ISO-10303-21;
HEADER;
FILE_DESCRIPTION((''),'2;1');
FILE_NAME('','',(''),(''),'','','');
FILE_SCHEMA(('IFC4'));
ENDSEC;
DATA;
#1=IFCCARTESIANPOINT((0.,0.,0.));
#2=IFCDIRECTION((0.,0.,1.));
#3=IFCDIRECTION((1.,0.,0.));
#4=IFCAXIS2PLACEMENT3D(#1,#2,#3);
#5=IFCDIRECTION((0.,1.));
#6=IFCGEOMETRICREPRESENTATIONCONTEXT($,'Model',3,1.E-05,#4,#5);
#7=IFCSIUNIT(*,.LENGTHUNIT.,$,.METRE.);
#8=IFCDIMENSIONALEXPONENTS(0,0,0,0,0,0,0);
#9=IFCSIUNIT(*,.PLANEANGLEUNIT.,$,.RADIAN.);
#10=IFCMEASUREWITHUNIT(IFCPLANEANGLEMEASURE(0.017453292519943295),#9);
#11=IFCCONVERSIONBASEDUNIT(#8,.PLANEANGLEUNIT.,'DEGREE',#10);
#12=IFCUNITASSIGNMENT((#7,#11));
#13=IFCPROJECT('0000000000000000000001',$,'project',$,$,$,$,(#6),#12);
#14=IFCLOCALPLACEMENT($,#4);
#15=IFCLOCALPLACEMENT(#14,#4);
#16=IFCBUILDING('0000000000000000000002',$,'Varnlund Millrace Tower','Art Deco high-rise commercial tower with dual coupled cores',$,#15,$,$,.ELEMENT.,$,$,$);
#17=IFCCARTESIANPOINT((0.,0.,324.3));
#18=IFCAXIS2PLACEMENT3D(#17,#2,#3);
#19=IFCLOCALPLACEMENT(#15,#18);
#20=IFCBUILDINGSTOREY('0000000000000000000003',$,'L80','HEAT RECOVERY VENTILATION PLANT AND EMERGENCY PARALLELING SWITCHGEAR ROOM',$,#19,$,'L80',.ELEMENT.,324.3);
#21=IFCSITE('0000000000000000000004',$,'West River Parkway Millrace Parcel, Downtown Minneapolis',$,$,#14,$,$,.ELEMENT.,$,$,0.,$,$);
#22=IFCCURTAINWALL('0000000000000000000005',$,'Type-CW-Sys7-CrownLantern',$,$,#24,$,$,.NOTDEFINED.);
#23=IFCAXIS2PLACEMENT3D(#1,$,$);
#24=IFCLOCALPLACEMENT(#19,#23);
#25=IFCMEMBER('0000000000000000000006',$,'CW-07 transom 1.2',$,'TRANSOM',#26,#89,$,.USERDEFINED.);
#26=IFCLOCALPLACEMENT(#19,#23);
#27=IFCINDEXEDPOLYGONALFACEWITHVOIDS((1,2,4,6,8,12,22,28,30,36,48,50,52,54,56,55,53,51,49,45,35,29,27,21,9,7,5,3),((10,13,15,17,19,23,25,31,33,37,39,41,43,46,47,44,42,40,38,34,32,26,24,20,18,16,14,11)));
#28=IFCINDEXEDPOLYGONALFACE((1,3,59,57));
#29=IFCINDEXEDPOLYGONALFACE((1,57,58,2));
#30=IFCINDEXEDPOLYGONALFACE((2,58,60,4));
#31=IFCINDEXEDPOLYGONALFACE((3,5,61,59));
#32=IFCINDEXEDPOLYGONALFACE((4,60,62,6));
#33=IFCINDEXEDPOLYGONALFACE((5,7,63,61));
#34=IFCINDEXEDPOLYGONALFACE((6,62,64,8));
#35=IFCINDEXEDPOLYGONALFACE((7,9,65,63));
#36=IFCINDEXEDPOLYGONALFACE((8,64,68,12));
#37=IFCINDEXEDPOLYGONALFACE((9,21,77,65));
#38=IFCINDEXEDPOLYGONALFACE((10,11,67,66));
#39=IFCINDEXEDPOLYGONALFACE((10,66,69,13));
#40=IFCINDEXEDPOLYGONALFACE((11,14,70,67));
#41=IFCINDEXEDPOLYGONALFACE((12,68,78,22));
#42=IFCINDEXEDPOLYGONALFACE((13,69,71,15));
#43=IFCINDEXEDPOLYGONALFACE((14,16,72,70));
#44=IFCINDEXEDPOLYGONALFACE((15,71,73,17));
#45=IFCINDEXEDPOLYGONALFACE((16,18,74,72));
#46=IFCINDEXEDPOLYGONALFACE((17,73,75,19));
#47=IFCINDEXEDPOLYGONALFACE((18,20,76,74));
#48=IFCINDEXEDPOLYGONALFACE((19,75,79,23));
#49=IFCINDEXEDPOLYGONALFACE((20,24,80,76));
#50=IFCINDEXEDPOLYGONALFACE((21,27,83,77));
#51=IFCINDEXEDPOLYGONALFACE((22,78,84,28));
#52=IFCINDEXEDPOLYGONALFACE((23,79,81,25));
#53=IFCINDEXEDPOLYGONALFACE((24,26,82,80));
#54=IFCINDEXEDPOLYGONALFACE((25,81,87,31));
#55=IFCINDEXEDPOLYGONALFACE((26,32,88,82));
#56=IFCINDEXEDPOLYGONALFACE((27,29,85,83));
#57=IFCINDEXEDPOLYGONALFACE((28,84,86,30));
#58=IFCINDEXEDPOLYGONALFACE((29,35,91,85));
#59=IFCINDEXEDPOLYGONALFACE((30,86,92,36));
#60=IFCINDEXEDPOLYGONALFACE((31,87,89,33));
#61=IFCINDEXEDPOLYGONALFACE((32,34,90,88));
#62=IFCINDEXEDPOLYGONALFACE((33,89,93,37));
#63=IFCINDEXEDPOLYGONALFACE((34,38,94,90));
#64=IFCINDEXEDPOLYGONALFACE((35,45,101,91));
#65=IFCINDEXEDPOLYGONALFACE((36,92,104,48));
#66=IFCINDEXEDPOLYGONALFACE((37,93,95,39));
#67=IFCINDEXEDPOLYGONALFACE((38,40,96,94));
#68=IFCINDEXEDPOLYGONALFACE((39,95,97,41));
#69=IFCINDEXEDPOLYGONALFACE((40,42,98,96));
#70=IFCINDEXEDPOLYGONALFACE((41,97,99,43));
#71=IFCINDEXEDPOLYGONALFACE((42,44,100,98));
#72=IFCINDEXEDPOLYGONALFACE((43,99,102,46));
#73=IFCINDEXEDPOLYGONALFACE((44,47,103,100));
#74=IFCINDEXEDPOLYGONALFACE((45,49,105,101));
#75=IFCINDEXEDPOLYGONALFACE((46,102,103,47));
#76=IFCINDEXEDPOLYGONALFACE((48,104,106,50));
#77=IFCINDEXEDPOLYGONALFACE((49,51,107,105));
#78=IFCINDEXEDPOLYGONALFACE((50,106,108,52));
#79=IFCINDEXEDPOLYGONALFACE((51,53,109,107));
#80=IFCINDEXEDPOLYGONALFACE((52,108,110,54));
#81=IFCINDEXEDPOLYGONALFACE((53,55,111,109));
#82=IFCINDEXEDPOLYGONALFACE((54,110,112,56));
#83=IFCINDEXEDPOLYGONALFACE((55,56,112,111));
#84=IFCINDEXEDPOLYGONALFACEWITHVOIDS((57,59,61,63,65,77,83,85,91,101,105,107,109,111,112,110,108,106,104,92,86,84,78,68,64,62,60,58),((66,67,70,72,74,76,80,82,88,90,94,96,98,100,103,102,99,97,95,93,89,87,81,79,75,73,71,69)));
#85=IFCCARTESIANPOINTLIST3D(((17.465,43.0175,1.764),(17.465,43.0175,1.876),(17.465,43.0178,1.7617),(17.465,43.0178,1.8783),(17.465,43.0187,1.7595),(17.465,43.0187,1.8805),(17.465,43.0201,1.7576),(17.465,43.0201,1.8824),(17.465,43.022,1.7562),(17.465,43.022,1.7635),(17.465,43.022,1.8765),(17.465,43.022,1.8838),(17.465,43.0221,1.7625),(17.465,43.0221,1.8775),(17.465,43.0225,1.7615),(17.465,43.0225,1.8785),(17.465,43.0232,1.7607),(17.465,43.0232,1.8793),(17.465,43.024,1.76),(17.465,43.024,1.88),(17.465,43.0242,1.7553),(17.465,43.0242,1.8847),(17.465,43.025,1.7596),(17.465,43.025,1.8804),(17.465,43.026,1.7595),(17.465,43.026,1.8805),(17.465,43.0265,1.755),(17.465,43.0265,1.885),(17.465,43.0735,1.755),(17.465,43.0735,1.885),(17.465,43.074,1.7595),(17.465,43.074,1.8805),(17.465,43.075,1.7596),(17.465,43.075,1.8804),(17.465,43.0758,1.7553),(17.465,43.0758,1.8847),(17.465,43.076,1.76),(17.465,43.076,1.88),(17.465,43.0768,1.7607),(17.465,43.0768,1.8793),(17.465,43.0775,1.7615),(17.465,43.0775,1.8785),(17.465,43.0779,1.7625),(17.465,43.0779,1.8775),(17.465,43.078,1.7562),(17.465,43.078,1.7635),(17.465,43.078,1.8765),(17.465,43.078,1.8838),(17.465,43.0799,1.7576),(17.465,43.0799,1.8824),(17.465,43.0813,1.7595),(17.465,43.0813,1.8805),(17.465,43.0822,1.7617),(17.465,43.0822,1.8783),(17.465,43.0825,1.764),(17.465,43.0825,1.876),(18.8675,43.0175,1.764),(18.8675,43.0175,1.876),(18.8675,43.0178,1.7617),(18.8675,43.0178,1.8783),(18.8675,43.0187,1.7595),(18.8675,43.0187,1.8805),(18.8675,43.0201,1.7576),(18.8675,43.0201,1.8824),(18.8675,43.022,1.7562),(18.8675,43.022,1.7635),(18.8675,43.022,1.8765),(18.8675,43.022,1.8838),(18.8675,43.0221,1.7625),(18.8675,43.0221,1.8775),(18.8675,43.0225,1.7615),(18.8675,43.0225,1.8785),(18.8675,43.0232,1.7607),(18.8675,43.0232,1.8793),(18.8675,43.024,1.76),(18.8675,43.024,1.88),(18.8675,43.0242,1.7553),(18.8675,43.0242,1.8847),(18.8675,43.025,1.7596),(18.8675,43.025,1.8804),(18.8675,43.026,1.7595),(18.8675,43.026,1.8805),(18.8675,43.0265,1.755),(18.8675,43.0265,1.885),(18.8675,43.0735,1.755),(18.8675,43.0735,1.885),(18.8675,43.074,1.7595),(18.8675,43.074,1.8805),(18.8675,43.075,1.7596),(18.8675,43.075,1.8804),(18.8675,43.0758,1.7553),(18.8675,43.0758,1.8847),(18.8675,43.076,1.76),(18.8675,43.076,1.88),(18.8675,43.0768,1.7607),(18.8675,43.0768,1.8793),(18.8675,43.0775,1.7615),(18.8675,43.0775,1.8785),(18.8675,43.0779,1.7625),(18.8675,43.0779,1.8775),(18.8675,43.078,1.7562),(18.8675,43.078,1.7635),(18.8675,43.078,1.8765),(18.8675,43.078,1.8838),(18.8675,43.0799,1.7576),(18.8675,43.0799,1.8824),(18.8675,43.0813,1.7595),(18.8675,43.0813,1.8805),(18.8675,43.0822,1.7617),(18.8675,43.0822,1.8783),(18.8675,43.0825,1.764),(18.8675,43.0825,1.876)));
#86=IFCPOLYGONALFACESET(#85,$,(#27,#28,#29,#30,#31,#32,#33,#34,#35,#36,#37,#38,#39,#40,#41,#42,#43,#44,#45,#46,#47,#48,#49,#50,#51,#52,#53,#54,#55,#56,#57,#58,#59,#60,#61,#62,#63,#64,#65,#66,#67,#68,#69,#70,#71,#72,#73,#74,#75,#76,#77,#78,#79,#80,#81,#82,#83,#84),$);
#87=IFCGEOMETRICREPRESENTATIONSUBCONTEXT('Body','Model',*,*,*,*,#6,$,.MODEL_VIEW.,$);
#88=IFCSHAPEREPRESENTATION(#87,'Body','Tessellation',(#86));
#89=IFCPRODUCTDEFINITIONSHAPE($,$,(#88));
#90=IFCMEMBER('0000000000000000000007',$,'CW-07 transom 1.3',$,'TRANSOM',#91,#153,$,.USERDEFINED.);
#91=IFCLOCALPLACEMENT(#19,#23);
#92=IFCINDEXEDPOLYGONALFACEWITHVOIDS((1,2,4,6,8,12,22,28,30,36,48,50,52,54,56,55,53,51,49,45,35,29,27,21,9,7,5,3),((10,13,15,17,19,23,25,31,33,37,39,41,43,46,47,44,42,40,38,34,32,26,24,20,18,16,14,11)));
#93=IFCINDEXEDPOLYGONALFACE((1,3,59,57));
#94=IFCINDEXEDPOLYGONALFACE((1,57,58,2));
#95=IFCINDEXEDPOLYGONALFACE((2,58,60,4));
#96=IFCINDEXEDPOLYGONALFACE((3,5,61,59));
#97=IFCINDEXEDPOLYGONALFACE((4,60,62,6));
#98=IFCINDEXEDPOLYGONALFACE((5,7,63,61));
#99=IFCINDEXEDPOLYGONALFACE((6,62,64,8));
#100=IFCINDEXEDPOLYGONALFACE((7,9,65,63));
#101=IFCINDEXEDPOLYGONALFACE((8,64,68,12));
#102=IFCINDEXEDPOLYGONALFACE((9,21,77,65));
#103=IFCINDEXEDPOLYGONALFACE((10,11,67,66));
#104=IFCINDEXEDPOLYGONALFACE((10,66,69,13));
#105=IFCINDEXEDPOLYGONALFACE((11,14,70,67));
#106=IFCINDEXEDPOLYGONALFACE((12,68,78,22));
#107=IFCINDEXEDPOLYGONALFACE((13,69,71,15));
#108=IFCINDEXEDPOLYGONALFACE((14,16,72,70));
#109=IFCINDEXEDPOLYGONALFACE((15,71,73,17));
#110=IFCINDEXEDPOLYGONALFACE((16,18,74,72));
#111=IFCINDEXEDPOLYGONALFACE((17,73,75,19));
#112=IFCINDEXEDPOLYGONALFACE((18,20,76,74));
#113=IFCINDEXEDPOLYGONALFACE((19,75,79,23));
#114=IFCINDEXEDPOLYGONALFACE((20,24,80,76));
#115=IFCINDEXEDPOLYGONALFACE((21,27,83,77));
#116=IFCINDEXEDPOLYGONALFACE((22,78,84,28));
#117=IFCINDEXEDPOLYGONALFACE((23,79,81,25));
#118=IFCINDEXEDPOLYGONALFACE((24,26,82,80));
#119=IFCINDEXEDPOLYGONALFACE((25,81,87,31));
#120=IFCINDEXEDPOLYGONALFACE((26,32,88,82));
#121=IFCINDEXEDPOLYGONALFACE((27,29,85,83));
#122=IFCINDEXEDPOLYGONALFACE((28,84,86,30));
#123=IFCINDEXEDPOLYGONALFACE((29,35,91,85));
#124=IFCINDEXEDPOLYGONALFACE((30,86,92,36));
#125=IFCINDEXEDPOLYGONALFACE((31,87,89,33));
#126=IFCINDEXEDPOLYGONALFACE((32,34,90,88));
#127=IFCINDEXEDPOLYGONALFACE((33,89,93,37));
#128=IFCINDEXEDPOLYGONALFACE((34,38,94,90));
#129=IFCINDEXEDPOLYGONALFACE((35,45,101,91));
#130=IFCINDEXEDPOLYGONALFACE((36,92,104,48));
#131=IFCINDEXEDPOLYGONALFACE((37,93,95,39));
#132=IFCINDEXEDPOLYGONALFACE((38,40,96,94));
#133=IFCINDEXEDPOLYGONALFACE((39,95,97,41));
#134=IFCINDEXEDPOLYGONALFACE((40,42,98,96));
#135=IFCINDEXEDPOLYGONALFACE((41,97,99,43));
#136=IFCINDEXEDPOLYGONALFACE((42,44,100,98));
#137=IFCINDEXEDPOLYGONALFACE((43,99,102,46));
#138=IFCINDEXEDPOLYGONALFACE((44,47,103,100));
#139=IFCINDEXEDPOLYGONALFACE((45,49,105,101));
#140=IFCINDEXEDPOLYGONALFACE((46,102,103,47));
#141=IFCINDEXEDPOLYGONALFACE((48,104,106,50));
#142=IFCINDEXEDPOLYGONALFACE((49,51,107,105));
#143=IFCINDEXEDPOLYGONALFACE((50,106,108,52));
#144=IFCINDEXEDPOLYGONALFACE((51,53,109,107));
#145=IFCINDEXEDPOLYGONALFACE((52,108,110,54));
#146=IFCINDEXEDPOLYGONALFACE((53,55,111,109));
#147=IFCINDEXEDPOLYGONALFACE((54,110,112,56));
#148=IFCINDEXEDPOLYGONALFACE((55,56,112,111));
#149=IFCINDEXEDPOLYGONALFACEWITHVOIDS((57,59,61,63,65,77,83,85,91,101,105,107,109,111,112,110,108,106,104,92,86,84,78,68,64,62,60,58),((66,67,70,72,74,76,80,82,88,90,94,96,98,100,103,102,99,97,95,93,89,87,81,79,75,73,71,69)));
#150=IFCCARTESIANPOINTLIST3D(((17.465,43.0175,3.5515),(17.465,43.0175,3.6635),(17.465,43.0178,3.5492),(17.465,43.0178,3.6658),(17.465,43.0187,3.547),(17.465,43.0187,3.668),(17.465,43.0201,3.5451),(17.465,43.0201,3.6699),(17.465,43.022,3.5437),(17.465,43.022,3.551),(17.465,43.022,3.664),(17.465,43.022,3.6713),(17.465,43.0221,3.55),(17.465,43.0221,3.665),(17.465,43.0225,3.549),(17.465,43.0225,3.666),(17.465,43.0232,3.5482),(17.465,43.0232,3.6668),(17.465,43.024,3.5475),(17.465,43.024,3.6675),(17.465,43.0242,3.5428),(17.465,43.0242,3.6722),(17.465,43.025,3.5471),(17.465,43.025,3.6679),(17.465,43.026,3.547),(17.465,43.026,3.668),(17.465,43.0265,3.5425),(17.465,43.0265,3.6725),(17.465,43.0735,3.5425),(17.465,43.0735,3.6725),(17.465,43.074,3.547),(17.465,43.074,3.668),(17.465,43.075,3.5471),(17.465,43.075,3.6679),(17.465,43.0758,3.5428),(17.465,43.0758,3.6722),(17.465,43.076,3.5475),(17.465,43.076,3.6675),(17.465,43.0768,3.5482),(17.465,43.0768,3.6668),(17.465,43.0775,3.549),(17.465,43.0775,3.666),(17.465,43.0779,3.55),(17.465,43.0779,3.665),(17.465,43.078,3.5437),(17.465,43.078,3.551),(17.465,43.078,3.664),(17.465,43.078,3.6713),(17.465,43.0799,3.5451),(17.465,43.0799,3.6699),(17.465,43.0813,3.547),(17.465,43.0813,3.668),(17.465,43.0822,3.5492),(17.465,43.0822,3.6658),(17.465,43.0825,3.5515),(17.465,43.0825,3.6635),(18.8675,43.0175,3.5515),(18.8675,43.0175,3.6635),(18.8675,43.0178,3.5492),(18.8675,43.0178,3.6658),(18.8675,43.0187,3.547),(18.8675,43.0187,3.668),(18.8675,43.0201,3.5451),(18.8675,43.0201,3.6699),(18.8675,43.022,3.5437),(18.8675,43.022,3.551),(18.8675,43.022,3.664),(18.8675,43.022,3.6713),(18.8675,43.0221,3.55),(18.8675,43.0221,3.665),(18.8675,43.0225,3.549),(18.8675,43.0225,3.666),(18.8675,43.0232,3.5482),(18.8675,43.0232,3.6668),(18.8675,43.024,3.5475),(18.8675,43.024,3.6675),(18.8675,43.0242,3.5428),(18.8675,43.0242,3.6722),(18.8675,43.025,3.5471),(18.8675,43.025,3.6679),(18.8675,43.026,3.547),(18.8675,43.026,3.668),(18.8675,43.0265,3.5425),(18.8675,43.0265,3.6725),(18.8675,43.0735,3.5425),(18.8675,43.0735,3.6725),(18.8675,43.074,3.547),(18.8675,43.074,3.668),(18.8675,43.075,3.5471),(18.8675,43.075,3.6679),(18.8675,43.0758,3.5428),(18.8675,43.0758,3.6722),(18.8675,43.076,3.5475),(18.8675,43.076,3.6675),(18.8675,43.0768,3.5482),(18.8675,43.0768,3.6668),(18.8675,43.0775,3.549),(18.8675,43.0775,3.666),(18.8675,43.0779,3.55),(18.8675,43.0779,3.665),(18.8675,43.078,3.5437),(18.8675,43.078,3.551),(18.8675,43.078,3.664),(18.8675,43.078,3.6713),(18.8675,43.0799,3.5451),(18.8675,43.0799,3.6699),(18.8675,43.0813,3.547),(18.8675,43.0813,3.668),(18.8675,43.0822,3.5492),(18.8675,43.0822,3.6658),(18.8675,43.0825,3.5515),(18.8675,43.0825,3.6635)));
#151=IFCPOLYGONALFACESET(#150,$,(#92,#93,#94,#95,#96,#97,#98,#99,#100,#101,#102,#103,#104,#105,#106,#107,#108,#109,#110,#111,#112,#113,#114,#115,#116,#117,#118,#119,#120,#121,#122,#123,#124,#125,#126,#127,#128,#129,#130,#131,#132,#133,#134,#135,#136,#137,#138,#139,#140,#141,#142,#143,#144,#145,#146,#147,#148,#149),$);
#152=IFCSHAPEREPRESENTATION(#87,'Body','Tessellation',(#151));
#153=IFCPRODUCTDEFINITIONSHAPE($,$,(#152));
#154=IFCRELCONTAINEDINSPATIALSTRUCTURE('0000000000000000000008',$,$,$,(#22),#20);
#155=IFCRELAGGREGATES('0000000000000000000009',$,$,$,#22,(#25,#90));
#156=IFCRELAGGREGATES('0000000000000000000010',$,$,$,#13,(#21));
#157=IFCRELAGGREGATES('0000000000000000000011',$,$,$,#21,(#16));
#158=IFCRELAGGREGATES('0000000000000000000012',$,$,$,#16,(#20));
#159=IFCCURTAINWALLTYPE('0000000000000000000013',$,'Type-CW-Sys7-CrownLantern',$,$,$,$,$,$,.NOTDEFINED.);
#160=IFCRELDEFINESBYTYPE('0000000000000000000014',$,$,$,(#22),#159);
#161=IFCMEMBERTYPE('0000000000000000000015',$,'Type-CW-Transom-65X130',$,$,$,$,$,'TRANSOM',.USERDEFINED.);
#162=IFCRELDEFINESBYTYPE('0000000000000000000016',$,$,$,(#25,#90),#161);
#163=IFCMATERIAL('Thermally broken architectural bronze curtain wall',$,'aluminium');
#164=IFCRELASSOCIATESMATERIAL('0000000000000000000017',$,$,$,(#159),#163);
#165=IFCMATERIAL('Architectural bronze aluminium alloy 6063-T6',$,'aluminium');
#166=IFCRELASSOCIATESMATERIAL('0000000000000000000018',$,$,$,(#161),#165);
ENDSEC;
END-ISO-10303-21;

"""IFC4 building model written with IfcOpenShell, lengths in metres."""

from ifc_helpers import new_model, entity, si_unit, converted_unit, direction, frame, origin_with_axes, origin_2d_with_axis, place, context, subcontext, project, spatial, hollow_rectangle, extrude, material, material_profile, profile_set, type_object, element, aggregate, save


model = new_model("IFC4")

# Units and contexts
model_context = context("Model", 3, precision=1e-05, world=origin_with_axes(), true_north=direction((0.0, 1.0)))
body_context = subcontext(model_context, "Body", "Model", "MODEL_VIEW")
ifc_project = project(units=[si_unit("LENGTHUNIT", "METRE"), converted_unit("PLANEANGLEUNIT", "DEGREE", entity("IfcPlaneAngleMeasure", 0.017453292519943295), si_unit("PLANEANGLEUNIT", "RADIAN"), dimensions=[0, 0, 0, 0, 0, 0, 0])], contexts=[model_context])

# Site, building, storey
site_placement = place(None, origin_with_axes())
site = spatial("IfcSite", under=ifc_project, at=site_placement, Name="West River Parkway Millrace Parcel, Downtown Minneapolis", CompositionType="ELEMENT", RefElevation=0.0)
building_placement = place(site_placement, origin_with_axes())
building = spatial("IfcBuilding", under=site, at=building_placement, Name="Varnlund Millrace Tower", Description="Art Deco high-rise commercial tower with dual coupled cores", CompositionType="ELEMENT")
storey_placement = place(building_placement, frame((0.0, 0.0, 324.3), z_axis=(0.0, 0.0, 1.0), x_axis=(1.0, 0.0, 0.0)))
storey = spatial("IfcBuildingStorey", under=building, at=storey_placement, Name="L80", Description="HEAT RECOVERY VENTILATION PLANT AND EMERGENCY PARALLELING SWITCHGEAR ROOM", LongName="L80", CompositionType="ELEMENT", Elevation=324.3)

# Curtain wall, members
ifc_material_1 = material(Name="Thermally broken architectural bronze curtain wall", Category="aluminium")
curtain_wall_type = type_object("IfcCurtainWallType", Name="Type-CW-Sys7-CrownLantern", PredefinedType="NOTDEFINED", material=ifc_material_1)
ifc_material_2 = material(Name="Architectural bronze aluminium alloy 6063-T6", Category="aluminium")
ifc_material_profile_1 = material_profile(ifc_material_2, hollow_rectangle(XDim=0.065, YDim=0.13, WallThickness=0.0045, InnerFilletRadius=0.004, OuterFilletRadius=0.009, at=origin_2d_with_axis()), Name="Architectural bronze aluminium alloy 6063-T6")
ifc_profile_set_1 = profile_set([ifc_material_profile_1], Name="Architectural bronze aluminium alloy 6063-T6")
member_type = type_object("IfcMemberType", Name="Type-CW-Transom-65X130", ElementType="TRANSOM", PredefinedType="USERDEFINED", material=ifc_profile_set_1)
curtain_wall_1_placement = place(storey_placement, frame((17.4, 43.05, 0.0), z_axis=(0.0, 0.0, 1.0), x_axis=(1.0, 0.0, 0.0)))
curtain_wall_1 = element("IfcCurtainWall", 1, at=curtain_wall_1_placement, inside=storey, type_object=curtain_wall_type, Name="Type-CW-Sys7-CrownLantern", PredefinedType="NOTDEFINED")
member_1_placement = place(storey_placement, frame((17.465, 43.05, 1.82), z_axis=(1.0, 0.0, 0.0), x_axis=(0.0, 1.0, 0.0)))
member_1 = element("IfcMember", 2, at=member_1_placement, type_object=member_type, Name="CW-07 transom 1.2", ObjectType="TRANSOM", PredefinedType="USERDEFINED", context=body_context, shape_type="SweptSolid", body=[
    extrude(hollow_rectangle(XDim=0.065, YDim=0.13, WallThickness=0.0045, InnerFilletRadius=0.004, OuterFilletRadius=0.009, at=origin_2d_with_axis()), origin_with_axes(), (0.0, 0.0, 1.0), 1.4025),
])
member_2_placement = place(storey_placement, frame((17.465, 43.05, 3.6075), z_axis=(1.0, 0.0, 0.0), x_axis=(0.0, 1.0, 0.0)))
member_2 = element("IfcMember", 3, at=member_2_placement, type_object=member_type, Name="CW-07 transom 1.3", ObjectType="TRANSOM", PredefinedType="USERDEFINED", context=body_context, shape_type="SweptSolid", body=[
    extrude(hollow_rectangle(XDim=0.065, YDim=0.13, WallThickness=0.0045, InnerFilletRadius=0.004, OuterFilletRadius=0.009, at=origin_2d_with_axis()), origin_with_axes(), (0.0, 0.0, 1.0), 1.4025),
])

aggregate(curtain_wall_1, [member_1, member_2])

save(model, "model.ifc")
